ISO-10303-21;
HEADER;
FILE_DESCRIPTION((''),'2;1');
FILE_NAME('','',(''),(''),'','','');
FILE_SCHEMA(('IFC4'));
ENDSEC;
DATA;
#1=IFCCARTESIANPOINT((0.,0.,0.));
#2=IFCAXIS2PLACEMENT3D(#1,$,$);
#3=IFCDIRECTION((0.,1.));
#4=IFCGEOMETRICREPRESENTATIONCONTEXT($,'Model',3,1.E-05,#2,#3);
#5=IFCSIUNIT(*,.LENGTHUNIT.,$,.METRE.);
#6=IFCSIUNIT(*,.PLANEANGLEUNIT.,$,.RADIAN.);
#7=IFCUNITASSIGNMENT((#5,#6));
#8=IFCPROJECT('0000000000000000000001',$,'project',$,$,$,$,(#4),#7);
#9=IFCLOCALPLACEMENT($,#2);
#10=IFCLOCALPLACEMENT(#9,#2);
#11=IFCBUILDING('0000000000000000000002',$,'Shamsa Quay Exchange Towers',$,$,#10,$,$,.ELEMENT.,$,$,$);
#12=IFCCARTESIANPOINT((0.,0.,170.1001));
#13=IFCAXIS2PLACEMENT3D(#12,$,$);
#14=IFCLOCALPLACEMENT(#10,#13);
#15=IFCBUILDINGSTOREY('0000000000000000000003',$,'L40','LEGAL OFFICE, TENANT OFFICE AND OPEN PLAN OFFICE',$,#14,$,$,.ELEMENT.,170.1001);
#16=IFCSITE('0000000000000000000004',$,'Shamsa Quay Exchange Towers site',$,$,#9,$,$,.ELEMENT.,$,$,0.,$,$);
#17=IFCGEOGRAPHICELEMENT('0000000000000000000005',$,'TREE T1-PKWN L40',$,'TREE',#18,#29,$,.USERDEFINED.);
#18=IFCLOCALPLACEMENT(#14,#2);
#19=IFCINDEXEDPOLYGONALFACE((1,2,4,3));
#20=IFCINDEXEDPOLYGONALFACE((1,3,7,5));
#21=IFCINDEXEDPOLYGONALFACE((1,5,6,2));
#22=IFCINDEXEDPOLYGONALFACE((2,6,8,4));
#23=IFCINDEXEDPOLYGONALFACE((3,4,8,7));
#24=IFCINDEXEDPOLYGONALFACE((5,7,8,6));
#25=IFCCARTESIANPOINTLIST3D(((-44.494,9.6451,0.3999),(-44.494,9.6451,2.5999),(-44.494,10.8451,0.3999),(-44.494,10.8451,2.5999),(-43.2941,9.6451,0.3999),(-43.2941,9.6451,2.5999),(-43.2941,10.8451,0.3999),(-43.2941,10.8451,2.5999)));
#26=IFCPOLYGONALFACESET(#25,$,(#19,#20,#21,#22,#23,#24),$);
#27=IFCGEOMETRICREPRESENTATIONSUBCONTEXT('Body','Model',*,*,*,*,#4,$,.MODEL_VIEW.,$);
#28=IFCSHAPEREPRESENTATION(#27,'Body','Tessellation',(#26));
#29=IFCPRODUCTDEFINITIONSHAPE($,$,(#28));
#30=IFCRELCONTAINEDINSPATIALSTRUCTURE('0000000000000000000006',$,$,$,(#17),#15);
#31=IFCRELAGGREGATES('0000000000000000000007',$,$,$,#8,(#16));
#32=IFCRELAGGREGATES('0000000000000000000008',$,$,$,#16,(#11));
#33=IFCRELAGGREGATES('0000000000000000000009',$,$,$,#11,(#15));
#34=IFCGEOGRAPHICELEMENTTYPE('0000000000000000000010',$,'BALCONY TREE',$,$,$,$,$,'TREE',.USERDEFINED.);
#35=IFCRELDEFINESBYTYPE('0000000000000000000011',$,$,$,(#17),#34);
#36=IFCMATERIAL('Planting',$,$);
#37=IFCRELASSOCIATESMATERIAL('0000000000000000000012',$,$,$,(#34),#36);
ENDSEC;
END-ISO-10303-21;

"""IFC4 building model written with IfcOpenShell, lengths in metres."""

from ifc_helpers import new_model, si_unit, direction, frame, origin, origin_2d, place, context, subcontext, project, spatial, rectangle, extrude, material, type_object, element, save


model = new_model("IFC4")

# Units and contexts
model_context = context("Model", 3, precision=1e-05, world=origin(), true_north=direction((0.0, 1.0)))
body_context = subcontext(model_context, "Body", "Model", "MODEL_VIEW")
ifc_project = project(units=[si_unit("LENGTHUNIT", "METRE"), si_unit("PLANEANGLEUNIT", "RADIAN")], contexts=[model_context])

# Site, building, storey
site_placement = place(None, origin())
site = spatial("IfcSite", under=ifc_project, at=site_placement, Name="Shamsa Quay Exchange Towers site", CompositionType="ELEMENT", RefElevation=0.0)
building_placement = place(site_placement, origin())
building = spatial("IfcBuilding", under=site, at=building_placement, Name="Shamsa Quay Exchange Towers", CompositionType="ELEMENT")
storey_placement = place(building_placement, frame((0.0, 0.0, 170.1001)))
storey = spatial("IfcBuildingStorey", under=building, at=storey_placement, Name="L40", Description="LEGAL OFFICE, TENANT OFFICE AND OPEN PLAN OFFICE", CompositionType="ELEMENT", Elevation=170.1001)

# Geographic element
ifc_material_1 = material(Name="Planting")
geographic_element_type = type_object("IfcGeographicElementType", Name="BALCONY TREE", ElementType="TREE", PredefinedType="USERDEFINED", material=ifc_material_1)
geographic_element_placement = place(storey_placement, frame((-43.894, 10.2451, 0.3999), z_axis=(0.0, 0.0, 1.0), x_axis=(-1.0, 0.0, 0.0)))
element("IfcGeographicElement", 1, at=geographic_element_placement, inside=storey, type_object=geographic_element_type, Name="TREE T1-PKWN L40", ObjectType="TREE", PredefinedType="USERDEFINED", context=body_context, shape_type="SweptSolid", body=[
    extrude(rectangle(XDim=1.2, YDim=1.2, at=origin_2d()), origin(), (0.0, 0.0, 1.0), 2.2),
])

save(model, "model.ifc")
